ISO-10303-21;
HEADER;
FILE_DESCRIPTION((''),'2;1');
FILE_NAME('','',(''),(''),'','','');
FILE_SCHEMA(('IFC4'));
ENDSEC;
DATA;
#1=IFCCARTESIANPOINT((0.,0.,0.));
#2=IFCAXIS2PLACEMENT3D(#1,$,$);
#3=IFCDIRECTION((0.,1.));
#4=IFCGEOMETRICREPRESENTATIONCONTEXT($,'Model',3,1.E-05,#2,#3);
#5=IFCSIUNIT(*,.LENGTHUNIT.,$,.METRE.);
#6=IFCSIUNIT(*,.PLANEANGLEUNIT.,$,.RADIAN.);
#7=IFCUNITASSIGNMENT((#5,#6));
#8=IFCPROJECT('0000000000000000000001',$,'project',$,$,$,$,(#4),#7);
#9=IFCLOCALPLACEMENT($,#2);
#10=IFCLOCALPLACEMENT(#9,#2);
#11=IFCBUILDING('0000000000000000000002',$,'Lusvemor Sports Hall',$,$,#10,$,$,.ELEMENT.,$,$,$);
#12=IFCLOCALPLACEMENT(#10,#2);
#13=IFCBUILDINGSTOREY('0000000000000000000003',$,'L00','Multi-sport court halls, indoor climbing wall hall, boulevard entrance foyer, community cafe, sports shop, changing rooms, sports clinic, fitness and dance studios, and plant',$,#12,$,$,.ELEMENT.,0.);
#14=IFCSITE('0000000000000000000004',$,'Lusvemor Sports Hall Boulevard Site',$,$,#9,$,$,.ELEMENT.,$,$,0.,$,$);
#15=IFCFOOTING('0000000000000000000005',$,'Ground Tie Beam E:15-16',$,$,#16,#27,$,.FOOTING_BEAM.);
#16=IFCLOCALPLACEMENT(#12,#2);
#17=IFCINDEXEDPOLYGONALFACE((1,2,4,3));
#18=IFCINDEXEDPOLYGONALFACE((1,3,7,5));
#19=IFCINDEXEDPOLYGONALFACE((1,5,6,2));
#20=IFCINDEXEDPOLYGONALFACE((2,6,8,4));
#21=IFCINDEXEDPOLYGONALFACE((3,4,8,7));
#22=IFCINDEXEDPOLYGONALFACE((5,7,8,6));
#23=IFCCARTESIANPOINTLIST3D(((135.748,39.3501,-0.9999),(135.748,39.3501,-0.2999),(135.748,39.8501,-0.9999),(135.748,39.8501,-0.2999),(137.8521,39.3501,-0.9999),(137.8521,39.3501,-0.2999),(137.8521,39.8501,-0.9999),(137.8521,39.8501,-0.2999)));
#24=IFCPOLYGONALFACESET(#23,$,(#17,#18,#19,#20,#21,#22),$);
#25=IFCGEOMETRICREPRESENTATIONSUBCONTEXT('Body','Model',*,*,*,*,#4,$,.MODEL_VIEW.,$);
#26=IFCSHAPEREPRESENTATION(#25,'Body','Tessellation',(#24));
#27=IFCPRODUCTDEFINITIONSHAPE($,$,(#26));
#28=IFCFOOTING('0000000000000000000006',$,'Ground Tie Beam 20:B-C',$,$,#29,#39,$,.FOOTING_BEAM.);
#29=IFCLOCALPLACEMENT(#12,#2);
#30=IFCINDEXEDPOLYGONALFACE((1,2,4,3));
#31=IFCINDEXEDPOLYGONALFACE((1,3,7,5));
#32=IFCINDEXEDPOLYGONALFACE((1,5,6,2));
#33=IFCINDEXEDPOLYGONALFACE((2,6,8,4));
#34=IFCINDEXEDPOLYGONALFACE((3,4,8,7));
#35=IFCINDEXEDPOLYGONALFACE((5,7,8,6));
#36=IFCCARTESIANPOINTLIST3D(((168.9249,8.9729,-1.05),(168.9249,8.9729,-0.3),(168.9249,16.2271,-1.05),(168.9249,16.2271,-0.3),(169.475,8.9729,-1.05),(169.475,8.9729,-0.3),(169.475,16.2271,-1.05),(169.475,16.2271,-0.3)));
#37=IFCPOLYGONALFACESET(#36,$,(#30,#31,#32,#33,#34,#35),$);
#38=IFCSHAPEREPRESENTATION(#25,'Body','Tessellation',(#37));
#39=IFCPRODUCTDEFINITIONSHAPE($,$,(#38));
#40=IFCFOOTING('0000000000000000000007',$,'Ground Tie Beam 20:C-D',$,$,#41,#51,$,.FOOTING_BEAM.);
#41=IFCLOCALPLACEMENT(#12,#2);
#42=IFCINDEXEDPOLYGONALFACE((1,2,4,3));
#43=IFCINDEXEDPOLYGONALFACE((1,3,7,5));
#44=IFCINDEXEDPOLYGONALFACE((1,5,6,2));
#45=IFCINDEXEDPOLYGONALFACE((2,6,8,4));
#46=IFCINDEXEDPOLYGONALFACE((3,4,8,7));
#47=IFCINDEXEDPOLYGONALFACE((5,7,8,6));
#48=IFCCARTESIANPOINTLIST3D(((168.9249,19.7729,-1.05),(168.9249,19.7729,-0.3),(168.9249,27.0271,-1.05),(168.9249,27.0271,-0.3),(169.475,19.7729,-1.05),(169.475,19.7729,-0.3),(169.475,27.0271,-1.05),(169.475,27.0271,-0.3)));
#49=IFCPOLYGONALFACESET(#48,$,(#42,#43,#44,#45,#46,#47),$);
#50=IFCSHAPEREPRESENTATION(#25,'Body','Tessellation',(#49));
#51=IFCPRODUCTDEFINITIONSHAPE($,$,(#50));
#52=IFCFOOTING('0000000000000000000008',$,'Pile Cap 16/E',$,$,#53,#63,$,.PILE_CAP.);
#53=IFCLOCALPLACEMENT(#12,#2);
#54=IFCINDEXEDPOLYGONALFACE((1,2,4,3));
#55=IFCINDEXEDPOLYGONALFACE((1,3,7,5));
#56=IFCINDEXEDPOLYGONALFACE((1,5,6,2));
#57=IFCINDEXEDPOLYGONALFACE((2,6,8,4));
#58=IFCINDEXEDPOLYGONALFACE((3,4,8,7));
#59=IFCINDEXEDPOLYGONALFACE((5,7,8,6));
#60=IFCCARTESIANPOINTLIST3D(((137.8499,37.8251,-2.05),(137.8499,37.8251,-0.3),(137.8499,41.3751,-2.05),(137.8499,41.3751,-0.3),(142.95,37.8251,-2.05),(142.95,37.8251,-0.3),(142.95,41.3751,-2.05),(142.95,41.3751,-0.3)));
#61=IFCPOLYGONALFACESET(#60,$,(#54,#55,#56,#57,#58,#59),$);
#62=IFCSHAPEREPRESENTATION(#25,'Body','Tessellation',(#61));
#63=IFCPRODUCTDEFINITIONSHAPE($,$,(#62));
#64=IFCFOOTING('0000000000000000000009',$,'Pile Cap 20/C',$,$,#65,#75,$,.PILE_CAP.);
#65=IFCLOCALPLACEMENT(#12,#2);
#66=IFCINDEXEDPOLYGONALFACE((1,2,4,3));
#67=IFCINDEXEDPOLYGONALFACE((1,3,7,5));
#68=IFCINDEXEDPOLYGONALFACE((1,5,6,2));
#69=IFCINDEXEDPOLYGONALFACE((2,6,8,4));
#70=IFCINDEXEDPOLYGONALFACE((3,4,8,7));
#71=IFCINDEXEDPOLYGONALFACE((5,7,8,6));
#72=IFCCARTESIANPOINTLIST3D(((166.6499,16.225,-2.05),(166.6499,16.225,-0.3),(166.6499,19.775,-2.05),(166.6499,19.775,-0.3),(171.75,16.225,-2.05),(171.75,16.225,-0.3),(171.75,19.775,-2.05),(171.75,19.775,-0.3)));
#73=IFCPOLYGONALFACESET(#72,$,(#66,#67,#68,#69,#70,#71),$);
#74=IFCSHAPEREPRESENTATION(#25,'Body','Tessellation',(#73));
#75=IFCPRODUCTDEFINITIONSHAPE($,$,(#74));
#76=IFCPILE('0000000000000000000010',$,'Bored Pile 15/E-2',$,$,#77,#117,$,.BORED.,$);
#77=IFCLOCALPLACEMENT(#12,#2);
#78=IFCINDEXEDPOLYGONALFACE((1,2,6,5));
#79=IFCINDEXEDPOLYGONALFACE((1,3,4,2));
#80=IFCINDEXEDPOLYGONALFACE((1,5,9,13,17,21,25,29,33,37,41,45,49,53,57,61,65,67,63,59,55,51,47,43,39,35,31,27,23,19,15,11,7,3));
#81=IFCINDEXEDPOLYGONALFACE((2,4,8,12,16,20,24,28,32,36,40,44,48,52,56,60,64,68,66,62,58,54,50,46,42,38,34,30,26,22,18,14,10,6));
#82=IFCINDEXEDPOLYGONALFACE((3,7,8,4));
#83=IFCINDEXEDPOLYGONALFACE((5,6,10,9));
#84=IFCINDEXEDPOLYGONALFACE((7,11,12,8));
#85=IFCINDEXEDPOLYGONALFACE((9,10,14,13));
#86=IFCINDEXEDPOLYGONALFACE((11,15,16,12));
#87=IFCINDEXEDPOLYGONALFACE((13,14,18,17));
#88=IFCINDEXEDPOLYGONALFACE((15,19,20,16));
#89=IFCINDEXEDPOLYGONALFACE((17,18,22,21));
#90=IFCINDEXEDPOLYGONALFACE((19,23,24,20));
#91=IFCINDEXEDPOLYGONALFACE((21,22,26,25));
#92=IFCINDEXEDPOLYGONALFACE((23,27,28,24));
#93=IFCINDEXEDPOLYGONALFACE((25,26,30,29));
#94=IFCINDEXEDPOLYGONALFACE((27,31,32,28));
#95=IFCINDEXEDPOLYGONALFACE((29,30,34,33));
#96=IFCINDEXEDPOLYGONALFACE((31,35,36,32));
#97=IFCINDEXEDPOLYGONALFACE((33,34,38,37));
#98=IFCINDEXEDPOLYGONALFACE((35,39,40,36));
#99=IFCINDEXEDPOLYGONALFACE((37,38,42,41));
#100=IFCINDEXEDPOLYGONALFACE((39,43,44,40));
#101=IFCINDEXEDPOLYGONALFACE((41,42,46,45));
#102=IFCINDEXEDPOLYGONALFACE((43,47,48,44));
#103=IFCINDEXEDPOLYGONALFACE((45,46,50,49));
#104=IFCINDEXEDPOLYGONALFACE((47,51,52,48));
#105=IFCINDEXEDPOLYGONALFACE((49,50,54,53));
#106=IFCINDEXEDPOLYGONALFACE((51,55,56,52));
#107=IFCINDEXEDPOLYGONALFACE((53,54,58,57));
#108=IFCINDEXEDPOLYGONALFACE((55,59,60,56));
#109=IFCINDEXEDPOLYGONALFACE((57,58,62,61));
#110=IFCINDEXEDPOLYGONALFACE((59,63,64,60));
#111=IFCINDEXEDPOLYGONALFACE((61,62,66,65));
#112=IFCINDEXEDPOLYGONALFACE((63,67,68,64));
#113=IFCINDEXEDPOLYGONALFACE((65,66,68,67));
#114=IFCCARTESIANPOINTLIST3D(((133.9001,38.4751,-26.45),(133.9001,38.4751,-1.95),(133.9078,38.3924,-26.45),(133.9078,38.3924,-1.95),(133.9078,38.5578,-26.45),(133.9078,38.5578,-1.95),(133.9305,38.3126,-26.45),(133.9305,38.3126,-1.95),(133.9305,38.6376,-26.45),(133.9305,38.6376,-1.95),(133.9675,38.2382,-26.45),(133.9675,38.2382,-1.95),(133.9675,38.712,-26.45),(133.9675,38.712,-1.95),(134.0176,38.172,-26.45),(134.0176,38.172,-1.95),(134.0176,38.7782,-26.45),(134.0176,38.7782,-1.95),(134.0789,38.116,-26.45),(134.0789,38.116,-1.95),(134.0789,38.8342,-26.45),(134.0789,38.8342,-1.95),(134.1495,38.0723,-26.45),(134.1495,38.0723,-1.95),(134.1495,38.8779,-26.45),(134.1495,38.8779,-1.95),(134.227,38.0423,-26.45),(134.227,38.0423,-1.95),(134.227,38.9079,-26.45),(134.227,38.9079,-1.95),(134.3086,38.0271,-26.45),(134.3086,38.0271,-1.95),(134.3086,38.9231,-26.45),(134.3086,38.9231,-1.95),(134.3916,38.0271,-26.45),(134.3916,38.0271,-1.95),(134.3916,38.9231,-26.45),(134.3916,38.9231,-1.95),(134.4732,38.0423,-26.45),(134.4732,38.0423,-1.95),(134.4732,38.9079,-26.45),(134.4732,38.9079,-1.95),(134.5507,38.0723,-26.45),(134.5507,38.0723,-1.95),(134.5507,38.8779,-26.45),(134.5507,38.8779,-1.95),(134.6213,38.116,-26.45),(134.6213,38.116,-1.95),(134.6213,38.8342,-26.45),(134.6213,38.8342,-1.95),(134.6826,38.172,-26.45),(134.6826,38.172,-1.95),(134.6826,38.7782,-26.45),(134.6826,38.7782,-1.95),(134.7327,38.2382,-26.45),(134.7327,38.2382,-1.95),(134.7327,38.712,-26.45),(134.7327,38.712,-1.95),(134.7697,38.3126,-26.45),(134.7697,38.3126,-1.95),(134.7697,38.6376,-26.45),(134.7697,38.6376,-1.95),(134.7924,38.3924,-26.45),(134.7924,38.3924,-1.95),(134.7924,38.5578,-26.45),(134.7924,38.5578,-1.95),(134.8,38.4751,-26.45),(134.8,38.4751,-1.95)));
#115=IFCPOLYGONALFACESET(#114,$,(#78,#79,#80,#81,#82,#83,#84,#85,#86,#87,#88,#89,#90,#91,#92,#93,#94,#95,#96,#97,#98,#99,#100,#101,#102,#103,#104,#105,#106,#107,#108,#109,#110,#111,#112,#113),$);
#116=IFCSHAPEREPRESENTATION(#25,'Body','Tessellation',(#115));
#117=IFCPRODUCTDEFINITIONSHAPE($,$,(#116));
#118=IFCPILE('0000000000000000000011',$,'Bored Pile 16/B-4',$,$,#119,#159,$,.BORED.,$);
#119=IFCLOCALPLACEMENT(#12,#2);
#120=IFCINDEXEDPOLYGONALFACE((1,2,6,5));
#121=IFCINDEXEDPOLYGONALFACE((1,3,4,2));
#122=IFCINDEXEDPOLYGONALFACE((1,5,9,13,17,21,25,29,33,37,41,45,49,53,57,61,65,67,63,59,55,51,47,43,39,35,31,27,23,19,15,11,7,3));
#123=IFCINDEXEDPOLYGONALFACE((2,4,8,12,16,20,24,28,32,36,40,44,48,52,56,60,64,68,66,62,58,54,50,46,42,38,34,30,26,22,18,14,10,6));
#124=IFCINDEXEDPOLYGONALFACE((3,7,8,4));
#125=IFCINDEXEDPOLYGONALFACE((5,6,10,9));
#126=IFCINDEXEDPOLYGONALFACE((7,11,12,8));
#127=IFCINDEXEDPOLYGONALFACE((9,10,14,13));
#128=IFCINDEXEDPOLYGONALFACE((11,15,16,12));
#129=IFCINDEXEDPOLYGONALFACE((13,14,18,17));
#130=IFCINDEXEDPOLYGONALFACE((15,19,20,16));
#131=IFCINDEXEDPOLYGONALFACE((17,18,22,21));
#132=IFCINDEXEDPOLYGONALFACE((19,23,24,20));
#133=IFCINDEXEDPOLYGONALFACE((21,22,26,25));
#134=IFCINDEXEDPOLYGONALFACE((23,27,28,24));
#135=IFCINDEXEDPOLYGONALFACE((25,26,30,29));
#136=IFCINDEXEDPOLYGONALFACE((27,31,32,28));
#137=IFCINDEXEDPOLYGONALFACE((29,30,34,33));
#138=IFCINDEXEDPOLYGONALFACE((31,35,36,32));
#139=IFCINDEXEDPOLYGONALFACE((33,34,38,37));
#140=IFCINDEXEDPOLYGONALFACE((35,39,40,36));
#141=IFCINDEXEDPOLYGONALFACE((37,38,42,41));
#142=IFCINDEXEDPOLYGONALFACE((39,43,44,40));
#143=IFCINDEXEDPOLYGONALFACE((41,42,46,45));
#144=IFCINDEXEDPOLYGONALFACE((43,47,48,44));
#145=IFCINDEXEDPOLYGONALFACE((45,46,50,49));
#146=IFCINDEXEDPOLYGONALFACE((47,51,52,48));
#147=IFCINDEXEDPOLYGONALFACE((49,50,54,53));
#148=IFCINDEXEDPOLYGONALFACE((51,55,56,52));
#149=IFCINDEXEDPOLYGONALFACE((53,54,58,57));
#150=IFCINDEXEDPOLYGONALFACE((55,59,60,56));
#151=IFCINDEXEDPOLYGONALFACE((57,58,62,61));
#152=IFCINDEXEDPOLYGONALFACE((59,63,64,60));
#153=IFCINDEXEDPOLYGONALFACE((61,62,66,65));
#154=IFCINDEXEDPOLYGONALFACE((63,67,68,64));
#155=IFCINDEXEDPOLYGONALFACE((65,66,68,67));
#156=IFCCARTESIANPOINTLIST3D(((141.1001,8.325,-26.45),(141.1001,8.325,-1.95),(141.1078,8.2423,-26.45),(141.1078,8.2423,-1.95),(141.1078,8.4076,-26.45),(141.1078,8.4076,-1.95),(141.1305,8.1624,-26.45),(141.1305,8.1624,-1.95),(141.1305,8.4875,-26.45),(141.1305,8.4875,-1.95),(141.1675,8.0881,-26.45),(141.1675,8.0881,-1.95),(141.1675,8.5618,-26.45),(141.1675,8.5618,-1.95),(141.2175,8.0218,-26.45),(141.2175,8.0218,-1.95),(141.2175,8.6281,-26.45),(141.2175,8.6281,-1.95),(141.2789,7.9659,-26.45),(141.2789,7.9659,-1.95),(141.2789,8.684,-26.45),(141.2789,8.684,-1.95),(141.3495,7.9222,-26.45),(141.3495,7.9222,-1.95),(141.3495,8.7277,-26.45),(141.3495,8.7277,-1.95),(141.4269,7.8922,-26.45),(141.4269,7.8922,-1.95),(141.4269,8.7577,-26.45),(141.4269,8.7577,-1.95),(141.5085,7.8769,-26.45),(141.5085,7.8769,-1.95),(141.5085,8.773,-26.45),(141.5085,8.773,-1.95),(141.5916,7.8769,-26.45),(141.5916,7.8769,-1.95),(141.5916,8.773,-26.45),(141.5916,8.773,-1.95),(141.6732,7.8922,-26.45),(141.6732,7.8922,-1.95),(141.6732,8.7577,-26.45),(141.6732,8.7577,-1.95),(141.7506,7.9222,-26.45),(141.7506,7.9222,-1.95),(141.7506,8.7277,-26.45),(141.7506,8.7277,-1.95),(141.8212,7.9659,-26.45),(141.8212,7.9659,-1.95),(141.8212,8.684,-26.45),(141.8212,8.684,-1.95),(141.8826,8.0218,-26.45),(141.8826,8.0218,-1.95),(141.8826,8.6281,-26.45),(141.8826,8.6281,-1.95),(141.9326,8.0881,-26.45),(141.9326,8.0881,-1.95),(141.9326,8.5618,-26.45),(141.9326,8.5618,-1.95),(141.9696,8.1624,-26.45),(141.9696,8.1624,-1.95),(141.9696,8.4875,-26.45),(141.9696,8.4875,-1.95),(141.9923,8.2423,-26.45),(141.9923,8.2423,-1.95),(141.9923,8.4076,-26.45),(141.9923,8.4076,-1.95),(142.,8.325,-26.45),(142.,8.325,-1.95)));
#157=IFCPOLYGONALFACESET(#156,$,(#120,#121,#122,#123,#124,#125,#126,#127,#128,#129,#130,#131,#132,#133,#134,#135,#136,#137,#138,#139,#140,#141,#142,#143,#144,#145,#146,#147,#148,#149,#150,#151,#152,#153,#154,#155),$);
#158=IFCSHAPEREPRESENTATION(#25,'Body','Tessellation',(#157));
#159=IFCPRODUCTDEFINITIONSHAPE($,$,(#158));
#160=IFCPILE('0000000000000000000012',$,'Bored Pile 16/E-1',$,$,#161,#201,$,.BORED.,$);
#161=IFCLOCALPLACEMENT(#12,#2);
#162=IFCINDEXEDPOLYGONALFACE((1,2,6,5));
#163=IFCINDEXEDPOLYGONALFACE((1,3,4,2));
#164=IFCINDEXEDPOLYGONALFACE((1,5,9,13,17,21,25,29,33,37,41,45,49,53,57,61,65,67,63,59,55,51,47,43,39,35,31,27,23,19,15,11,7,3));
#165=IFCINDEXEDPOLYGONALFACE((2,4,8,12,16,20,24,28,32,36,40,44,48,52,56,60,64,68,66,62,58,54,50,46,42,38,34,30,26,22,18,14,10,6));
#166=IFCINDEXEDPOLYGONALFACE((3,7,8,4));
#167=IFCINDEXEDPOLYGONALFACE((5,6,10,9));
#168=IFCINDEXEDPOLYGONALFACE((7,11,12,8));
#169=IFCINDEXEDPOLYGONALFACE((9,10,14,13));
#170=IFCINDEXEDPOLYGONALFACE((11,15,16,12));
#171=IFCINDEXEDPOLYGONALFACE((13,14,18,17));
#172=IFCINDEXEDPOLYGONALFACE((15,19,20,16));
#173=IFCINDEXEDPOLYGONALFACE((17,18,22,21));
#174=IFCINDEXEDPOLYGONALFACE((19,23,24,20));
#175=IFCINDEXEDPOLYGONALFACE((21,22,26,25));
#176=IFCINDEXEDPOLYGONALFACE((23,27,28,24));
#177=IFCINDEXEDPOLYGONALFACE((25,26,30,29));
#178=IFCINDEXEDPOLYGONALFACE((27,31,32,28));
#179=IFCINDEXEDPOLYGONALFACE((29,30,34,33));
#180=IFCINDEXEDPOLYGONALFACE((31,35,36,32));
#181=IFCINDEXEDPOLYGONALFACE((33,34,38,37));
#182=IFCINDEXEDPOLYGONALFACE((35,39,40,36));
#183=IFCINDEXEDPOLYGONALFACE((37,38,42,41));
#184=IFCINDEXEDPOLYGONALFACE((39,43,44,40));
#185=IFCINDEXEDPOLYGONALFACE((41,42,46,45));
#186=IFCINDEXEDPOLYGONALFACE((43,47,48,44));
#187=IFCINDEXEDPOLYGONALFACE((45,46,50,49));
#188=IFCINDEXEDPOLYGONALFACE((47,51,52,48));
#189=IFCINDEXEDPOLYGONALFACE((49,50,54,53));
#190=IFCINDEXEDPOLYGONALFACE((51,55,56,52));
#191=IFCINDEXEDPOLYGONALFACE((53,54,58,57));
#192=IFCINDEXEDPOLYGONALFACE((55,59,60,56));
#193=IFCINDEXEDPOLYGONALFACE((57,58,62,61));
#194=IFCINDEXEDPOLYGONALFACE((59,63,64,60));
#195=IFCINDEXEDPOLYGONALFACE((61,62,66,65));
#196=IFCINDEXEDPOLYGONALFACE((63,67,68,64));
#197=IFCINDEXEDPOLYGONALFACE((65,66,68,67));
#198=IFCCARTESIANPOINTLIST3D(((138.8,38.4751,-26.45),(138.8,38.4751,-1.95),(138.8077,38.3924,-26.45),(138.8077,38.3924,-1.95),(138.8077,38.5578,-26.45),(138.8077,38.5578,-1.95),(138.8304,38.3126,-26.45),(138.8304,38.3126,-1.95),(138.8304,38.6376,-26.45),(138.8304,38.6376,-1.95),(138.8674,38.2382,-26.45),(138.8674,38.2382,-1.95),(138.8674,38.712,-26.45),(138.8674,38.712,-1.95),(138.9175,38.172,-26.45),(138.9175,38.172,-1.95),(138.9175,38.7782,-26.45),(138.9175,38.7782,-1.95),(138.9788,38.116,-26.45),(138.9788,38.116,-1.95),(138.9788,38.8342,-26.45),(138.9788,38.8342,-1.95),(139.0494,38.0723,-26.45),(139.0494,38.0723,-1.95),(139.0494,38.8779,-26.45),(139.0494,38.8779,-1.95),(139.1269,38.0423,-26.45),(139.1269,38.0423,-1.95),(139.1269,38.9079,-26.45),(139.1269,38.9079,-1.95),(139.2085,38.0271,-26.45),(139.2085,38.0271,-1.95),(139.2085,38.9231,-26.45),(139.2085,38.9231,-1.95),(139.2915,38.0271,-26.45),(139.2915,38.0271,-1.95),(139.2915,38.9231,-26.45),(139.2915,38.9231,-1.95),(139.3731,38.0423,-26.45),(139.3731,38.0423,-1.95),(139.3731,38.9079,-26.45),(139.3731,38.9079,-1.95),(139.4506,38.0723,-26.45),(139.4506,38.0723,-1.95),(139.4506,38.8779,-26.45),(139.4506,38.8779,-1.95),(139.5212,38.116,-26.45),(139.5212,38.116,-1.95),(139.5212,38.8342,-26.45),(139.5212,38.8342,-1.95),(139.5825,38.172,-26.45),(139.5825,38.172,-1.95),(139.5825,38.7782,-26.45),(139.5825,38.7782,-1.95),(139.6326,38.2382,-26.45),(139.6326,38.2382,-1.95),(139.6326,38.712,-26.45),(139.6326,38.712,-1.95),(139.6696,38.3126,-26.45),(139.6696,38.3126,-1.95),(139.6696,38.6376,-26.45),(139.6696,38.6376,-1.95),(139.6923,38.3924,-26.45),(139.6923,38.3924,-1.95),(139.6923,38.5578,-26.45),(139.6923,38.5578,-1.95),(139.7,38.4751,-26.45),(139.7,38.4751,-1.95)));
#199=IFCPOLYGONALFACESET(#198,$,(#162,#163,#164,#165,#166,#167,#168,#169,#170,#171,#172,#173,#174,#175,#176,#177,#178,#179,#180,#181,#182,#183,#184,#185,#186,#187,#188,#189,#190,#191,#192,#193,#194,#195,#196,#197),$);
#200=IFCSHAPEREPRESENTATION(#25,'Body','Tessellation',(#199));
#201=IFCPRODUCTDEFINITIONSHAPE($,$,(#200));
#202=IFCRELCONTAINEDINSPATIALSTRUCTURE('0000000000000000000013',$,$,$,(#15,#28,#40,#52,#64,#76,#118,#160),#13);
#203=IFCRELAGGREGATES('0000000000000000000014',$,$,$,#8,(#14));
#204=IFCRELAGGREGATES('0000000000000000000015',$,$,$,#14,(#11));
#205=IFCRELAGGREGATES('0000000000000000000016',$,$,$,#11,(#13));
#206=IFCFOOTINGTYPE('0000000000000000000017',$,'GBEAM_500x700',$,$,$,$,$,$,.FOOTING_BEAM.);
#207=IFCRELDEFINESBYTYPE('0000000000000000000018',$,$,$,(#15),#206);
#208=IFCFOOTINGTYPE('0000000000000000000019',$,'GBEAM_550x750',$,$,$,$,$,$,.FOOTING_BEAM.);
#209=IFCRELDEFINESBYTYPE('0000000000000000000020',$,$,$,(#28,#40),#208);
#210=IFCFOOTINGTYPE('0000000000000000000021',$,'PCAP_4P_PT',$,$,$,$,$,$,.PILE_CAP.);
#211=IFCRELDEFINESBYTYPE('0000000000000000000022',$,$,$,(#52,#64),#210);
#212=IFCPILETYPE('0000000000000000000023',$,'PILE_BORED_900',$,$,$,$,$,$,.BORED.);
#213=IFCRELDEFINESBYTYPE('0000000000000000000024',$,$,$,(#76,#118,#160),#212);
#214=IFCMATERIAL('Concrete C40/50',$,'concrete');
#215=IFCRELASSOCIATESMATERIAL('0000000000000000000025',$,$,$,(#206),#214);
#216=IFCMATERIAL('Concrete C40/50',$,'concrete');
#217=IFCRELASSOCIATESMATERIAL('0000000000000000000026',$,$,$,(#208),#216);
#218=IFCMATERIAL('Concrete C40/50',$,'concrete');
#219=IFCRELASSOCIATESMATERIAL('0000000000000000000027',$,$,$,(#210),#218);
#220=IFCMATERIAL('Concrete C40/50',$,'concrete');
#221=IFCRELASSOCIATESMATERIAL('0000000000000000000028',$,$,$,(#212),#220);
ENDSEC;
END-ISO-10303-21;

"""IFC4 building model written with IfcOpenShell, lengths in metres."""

from ifc_helpers import new_model, si_unit, direction, frame, origin, origin_2d, place, context, subcontext, project, spatial, rectangle, circle, extrude, material, material_profile, profile_set, type_object, element, save


model = new_model("IFC4")

# Units and contexts
model_context = context("Model", 3, precision=1e-05, world=origin(), true_north=direction((0.0, 1.0)))
body_context = subcontext(model_context, "Body", "Model", "MODEL_VIEW")
ifc_project = project(units=[si_unit("LENGTHUNIT", "METRE"), si_unit("PLANEANGLEUNIT", "RADIAN")], contexts=[model_context])

# Site, building, storey
site_placement = place(None, origin())
site = spatial("IfcSite", under=ifc_project, at=site_placement, Name="Lusvemor Sports Hall Boulevard Site", CompositionType="ELEMENT", RefElevation=0.0)
building_placement = place(site_placement, origin())
building = spatial("IfcBuilding", under=site, at=building_placement, Name="Lusvemor Sports Hall", CompositionType="ELEMENT")
storey_placement = place(building_placement, origin())
storey = spatial("IfcBuildingStorey", under=building, at=storey_placement, Name="L00", Description="Multi-sport court halls, indoor climbing wall hall, boulevard entrance foyer, community cafe, sports shop, changing rooms, sports clinic, fitness and dance studios, and plant", CompositionType="ELEMENT", Elevation=0.0)

# Footings
ifc_material_1 = material(Name="Concrete C40/50", Category="concrete")
ifc_material_profile_1 = material_profile(ifc_material_1, rectangle(XDim=0.5, YDim=0.7, at=origin_2d()), Name="GB_500x700")
ifc_profile_set_1 = profile_set([ifc_material_profile_1], Name="Concrete C40/50")
footing_type_1 = type_object("IfcFootingType", Name="GBEAM_500x700", PredefinedType="FOOTING_BEAM", material=ifc_profile_set_1)
footing_placement = place(storey_placement, frame((135.748, 39.6001, -0.6499), z_axis=(1.0, 0.0, 0.0), x_axis=(0.0, 1.0, 0.0)))
element("IfcFooting", 1, at=footing_placement, inside=storey, type_object=footing_type_1, Name="Ground Tie Beam E:15-16", PredefinedType="FOOTING_BEAM", context=body_context, shape_type="SweptSolid", body=[
    extrude(rectangle(XDim=0.5, YDim=0.7, at=origin_2d()), origin(), (0.0, 0.0, 1.0), 2.104),
])
ifc_material_2 = material(Name="Concrete C40/50", Category="concrete")
ifc_material_profile_2 = material_profile(ifc_material_2, rectangle(XDim=0.55, YDim=0.75, at=origin_2d()), Name="GB_550x750")
ifc_profile_set_2 = profile_set([ifc_material_profile_2], Name="Concrete C40/50")
footing_type_2 = type_object("IfcFootingType", Name="GBEAM_550x750", PredefinedType="FOOTING_BEAM", material=ifc_profile_set_2)
for number, where, z_axis, x_axis, name in (
    (2, (169.2, 8.9729, -0.675), (0.0, 1.0, 0.0), (-1.0, 0.0, 0.0), "Ground Tie Beam 20:B-C"),
    (3, (169.2, 19.7729, -0.675), (0.0, 1.0, 0.0), (-1.0, 0.0, 0.0), "Ground Tie Beam 20:C-D"),
):
    element("IfcFooting", number, at=place(storey_placement, frame(where, z_axis=z_axis, x_axis=x_axis)), inside=storey, type_object=footing_type_2, Name=name, PredefinedType="FOOTING_BEAM", context=body_context, shape_type="SweptSolid", body=[
        extrude(rectangle(XDim=0.55, YDim=0.75, at=origin_2d()), origin(), (0.0, 0.0, 1.0), 7.2542),
    ])
ifc_material_3 = material(Name="Concrete C40/50", Category="concrete")
footing_type_3 = type_object("IfcFootingType", Name="PCAP_4P_PT", PredefinedType="PILE_CAP", material=ifc_material_3)
for number, where, z_axis, x_axis, name in (
    (4, (140.3999, 39.6001, -2.05), (0.0, 0.0, 1.0), (1.0, 0.0, 0.0), "Pile Cap 16/E"),
    (5, (169.2, 18.0, -2.05), (0.0, 0.0, 1.0), (1.0, 0.0, 0.0), "Pile Cap 20/C"),
):
    element("IfcFooting", number, at=place(storey_placement, frame(where, z_axis=z_axis, x_axis=x_axis)), inside=storey, type_object=footing_type_3, Name=name, PredefinedType="PILE_CAP", context=body_context, shape_type="SweptSolid", body=[
        extrude(rectangle(XDim=5.1001, YDim=3.55, at=origin_2d()), origin(), (0.0, 0.0, 1.0), 1.75),
    ])

# Piles
ifc_material_4 = material(Name="Concrete C40/50", Category="concrete")
ifc_material_profile_3 = material_profile(ifc_material_4, circle(Radius=0.45, at=origin_2d()), Name="PILE900")
ifc_profile_set_3 = profile_set([ifc_material_profile_3], Name="Concrete C40/50")
pile_type = type_object("IfcPileType", Name="PILE_BORED_900", PredefinedType="BORED", material=ifc_profile_set_3)
for number, where, z_axis, x_axis, name in (
    (6, (134.3501, 38.4751, -1.95), (0.0, 0.0, -1.0), (1.0, 0.0, 0.0), "Bored Pile 15/E-2"),
    (7, (141.55, 8.325, -1.95), (0.0, 0.0, -1.0), (1.0, 0.0, 0.0), "Bored Pile 16/B-4"),
    (8, (139.25, 38.4751, -1.95), (0.0, 0.0, -1.0), (1.0, 0.0, 0.0), "Bored Pile 16/E-1"),
):
    element("IfcPile", number, at=place(storey_placement, frame(where, z_axis=z_axis, x_axis=x_axis)), inside=storey, type_object=pile_type, Name=name, PredefinedType="BORED", context=body_context, shape_type="SweptSolid", body=[
        extrude(circle(Radius=0.45, at=origin_2d()), origin(), (0.0, 0.0, 1.0), 24.5),
    ])

save(model, "model.ifc")
